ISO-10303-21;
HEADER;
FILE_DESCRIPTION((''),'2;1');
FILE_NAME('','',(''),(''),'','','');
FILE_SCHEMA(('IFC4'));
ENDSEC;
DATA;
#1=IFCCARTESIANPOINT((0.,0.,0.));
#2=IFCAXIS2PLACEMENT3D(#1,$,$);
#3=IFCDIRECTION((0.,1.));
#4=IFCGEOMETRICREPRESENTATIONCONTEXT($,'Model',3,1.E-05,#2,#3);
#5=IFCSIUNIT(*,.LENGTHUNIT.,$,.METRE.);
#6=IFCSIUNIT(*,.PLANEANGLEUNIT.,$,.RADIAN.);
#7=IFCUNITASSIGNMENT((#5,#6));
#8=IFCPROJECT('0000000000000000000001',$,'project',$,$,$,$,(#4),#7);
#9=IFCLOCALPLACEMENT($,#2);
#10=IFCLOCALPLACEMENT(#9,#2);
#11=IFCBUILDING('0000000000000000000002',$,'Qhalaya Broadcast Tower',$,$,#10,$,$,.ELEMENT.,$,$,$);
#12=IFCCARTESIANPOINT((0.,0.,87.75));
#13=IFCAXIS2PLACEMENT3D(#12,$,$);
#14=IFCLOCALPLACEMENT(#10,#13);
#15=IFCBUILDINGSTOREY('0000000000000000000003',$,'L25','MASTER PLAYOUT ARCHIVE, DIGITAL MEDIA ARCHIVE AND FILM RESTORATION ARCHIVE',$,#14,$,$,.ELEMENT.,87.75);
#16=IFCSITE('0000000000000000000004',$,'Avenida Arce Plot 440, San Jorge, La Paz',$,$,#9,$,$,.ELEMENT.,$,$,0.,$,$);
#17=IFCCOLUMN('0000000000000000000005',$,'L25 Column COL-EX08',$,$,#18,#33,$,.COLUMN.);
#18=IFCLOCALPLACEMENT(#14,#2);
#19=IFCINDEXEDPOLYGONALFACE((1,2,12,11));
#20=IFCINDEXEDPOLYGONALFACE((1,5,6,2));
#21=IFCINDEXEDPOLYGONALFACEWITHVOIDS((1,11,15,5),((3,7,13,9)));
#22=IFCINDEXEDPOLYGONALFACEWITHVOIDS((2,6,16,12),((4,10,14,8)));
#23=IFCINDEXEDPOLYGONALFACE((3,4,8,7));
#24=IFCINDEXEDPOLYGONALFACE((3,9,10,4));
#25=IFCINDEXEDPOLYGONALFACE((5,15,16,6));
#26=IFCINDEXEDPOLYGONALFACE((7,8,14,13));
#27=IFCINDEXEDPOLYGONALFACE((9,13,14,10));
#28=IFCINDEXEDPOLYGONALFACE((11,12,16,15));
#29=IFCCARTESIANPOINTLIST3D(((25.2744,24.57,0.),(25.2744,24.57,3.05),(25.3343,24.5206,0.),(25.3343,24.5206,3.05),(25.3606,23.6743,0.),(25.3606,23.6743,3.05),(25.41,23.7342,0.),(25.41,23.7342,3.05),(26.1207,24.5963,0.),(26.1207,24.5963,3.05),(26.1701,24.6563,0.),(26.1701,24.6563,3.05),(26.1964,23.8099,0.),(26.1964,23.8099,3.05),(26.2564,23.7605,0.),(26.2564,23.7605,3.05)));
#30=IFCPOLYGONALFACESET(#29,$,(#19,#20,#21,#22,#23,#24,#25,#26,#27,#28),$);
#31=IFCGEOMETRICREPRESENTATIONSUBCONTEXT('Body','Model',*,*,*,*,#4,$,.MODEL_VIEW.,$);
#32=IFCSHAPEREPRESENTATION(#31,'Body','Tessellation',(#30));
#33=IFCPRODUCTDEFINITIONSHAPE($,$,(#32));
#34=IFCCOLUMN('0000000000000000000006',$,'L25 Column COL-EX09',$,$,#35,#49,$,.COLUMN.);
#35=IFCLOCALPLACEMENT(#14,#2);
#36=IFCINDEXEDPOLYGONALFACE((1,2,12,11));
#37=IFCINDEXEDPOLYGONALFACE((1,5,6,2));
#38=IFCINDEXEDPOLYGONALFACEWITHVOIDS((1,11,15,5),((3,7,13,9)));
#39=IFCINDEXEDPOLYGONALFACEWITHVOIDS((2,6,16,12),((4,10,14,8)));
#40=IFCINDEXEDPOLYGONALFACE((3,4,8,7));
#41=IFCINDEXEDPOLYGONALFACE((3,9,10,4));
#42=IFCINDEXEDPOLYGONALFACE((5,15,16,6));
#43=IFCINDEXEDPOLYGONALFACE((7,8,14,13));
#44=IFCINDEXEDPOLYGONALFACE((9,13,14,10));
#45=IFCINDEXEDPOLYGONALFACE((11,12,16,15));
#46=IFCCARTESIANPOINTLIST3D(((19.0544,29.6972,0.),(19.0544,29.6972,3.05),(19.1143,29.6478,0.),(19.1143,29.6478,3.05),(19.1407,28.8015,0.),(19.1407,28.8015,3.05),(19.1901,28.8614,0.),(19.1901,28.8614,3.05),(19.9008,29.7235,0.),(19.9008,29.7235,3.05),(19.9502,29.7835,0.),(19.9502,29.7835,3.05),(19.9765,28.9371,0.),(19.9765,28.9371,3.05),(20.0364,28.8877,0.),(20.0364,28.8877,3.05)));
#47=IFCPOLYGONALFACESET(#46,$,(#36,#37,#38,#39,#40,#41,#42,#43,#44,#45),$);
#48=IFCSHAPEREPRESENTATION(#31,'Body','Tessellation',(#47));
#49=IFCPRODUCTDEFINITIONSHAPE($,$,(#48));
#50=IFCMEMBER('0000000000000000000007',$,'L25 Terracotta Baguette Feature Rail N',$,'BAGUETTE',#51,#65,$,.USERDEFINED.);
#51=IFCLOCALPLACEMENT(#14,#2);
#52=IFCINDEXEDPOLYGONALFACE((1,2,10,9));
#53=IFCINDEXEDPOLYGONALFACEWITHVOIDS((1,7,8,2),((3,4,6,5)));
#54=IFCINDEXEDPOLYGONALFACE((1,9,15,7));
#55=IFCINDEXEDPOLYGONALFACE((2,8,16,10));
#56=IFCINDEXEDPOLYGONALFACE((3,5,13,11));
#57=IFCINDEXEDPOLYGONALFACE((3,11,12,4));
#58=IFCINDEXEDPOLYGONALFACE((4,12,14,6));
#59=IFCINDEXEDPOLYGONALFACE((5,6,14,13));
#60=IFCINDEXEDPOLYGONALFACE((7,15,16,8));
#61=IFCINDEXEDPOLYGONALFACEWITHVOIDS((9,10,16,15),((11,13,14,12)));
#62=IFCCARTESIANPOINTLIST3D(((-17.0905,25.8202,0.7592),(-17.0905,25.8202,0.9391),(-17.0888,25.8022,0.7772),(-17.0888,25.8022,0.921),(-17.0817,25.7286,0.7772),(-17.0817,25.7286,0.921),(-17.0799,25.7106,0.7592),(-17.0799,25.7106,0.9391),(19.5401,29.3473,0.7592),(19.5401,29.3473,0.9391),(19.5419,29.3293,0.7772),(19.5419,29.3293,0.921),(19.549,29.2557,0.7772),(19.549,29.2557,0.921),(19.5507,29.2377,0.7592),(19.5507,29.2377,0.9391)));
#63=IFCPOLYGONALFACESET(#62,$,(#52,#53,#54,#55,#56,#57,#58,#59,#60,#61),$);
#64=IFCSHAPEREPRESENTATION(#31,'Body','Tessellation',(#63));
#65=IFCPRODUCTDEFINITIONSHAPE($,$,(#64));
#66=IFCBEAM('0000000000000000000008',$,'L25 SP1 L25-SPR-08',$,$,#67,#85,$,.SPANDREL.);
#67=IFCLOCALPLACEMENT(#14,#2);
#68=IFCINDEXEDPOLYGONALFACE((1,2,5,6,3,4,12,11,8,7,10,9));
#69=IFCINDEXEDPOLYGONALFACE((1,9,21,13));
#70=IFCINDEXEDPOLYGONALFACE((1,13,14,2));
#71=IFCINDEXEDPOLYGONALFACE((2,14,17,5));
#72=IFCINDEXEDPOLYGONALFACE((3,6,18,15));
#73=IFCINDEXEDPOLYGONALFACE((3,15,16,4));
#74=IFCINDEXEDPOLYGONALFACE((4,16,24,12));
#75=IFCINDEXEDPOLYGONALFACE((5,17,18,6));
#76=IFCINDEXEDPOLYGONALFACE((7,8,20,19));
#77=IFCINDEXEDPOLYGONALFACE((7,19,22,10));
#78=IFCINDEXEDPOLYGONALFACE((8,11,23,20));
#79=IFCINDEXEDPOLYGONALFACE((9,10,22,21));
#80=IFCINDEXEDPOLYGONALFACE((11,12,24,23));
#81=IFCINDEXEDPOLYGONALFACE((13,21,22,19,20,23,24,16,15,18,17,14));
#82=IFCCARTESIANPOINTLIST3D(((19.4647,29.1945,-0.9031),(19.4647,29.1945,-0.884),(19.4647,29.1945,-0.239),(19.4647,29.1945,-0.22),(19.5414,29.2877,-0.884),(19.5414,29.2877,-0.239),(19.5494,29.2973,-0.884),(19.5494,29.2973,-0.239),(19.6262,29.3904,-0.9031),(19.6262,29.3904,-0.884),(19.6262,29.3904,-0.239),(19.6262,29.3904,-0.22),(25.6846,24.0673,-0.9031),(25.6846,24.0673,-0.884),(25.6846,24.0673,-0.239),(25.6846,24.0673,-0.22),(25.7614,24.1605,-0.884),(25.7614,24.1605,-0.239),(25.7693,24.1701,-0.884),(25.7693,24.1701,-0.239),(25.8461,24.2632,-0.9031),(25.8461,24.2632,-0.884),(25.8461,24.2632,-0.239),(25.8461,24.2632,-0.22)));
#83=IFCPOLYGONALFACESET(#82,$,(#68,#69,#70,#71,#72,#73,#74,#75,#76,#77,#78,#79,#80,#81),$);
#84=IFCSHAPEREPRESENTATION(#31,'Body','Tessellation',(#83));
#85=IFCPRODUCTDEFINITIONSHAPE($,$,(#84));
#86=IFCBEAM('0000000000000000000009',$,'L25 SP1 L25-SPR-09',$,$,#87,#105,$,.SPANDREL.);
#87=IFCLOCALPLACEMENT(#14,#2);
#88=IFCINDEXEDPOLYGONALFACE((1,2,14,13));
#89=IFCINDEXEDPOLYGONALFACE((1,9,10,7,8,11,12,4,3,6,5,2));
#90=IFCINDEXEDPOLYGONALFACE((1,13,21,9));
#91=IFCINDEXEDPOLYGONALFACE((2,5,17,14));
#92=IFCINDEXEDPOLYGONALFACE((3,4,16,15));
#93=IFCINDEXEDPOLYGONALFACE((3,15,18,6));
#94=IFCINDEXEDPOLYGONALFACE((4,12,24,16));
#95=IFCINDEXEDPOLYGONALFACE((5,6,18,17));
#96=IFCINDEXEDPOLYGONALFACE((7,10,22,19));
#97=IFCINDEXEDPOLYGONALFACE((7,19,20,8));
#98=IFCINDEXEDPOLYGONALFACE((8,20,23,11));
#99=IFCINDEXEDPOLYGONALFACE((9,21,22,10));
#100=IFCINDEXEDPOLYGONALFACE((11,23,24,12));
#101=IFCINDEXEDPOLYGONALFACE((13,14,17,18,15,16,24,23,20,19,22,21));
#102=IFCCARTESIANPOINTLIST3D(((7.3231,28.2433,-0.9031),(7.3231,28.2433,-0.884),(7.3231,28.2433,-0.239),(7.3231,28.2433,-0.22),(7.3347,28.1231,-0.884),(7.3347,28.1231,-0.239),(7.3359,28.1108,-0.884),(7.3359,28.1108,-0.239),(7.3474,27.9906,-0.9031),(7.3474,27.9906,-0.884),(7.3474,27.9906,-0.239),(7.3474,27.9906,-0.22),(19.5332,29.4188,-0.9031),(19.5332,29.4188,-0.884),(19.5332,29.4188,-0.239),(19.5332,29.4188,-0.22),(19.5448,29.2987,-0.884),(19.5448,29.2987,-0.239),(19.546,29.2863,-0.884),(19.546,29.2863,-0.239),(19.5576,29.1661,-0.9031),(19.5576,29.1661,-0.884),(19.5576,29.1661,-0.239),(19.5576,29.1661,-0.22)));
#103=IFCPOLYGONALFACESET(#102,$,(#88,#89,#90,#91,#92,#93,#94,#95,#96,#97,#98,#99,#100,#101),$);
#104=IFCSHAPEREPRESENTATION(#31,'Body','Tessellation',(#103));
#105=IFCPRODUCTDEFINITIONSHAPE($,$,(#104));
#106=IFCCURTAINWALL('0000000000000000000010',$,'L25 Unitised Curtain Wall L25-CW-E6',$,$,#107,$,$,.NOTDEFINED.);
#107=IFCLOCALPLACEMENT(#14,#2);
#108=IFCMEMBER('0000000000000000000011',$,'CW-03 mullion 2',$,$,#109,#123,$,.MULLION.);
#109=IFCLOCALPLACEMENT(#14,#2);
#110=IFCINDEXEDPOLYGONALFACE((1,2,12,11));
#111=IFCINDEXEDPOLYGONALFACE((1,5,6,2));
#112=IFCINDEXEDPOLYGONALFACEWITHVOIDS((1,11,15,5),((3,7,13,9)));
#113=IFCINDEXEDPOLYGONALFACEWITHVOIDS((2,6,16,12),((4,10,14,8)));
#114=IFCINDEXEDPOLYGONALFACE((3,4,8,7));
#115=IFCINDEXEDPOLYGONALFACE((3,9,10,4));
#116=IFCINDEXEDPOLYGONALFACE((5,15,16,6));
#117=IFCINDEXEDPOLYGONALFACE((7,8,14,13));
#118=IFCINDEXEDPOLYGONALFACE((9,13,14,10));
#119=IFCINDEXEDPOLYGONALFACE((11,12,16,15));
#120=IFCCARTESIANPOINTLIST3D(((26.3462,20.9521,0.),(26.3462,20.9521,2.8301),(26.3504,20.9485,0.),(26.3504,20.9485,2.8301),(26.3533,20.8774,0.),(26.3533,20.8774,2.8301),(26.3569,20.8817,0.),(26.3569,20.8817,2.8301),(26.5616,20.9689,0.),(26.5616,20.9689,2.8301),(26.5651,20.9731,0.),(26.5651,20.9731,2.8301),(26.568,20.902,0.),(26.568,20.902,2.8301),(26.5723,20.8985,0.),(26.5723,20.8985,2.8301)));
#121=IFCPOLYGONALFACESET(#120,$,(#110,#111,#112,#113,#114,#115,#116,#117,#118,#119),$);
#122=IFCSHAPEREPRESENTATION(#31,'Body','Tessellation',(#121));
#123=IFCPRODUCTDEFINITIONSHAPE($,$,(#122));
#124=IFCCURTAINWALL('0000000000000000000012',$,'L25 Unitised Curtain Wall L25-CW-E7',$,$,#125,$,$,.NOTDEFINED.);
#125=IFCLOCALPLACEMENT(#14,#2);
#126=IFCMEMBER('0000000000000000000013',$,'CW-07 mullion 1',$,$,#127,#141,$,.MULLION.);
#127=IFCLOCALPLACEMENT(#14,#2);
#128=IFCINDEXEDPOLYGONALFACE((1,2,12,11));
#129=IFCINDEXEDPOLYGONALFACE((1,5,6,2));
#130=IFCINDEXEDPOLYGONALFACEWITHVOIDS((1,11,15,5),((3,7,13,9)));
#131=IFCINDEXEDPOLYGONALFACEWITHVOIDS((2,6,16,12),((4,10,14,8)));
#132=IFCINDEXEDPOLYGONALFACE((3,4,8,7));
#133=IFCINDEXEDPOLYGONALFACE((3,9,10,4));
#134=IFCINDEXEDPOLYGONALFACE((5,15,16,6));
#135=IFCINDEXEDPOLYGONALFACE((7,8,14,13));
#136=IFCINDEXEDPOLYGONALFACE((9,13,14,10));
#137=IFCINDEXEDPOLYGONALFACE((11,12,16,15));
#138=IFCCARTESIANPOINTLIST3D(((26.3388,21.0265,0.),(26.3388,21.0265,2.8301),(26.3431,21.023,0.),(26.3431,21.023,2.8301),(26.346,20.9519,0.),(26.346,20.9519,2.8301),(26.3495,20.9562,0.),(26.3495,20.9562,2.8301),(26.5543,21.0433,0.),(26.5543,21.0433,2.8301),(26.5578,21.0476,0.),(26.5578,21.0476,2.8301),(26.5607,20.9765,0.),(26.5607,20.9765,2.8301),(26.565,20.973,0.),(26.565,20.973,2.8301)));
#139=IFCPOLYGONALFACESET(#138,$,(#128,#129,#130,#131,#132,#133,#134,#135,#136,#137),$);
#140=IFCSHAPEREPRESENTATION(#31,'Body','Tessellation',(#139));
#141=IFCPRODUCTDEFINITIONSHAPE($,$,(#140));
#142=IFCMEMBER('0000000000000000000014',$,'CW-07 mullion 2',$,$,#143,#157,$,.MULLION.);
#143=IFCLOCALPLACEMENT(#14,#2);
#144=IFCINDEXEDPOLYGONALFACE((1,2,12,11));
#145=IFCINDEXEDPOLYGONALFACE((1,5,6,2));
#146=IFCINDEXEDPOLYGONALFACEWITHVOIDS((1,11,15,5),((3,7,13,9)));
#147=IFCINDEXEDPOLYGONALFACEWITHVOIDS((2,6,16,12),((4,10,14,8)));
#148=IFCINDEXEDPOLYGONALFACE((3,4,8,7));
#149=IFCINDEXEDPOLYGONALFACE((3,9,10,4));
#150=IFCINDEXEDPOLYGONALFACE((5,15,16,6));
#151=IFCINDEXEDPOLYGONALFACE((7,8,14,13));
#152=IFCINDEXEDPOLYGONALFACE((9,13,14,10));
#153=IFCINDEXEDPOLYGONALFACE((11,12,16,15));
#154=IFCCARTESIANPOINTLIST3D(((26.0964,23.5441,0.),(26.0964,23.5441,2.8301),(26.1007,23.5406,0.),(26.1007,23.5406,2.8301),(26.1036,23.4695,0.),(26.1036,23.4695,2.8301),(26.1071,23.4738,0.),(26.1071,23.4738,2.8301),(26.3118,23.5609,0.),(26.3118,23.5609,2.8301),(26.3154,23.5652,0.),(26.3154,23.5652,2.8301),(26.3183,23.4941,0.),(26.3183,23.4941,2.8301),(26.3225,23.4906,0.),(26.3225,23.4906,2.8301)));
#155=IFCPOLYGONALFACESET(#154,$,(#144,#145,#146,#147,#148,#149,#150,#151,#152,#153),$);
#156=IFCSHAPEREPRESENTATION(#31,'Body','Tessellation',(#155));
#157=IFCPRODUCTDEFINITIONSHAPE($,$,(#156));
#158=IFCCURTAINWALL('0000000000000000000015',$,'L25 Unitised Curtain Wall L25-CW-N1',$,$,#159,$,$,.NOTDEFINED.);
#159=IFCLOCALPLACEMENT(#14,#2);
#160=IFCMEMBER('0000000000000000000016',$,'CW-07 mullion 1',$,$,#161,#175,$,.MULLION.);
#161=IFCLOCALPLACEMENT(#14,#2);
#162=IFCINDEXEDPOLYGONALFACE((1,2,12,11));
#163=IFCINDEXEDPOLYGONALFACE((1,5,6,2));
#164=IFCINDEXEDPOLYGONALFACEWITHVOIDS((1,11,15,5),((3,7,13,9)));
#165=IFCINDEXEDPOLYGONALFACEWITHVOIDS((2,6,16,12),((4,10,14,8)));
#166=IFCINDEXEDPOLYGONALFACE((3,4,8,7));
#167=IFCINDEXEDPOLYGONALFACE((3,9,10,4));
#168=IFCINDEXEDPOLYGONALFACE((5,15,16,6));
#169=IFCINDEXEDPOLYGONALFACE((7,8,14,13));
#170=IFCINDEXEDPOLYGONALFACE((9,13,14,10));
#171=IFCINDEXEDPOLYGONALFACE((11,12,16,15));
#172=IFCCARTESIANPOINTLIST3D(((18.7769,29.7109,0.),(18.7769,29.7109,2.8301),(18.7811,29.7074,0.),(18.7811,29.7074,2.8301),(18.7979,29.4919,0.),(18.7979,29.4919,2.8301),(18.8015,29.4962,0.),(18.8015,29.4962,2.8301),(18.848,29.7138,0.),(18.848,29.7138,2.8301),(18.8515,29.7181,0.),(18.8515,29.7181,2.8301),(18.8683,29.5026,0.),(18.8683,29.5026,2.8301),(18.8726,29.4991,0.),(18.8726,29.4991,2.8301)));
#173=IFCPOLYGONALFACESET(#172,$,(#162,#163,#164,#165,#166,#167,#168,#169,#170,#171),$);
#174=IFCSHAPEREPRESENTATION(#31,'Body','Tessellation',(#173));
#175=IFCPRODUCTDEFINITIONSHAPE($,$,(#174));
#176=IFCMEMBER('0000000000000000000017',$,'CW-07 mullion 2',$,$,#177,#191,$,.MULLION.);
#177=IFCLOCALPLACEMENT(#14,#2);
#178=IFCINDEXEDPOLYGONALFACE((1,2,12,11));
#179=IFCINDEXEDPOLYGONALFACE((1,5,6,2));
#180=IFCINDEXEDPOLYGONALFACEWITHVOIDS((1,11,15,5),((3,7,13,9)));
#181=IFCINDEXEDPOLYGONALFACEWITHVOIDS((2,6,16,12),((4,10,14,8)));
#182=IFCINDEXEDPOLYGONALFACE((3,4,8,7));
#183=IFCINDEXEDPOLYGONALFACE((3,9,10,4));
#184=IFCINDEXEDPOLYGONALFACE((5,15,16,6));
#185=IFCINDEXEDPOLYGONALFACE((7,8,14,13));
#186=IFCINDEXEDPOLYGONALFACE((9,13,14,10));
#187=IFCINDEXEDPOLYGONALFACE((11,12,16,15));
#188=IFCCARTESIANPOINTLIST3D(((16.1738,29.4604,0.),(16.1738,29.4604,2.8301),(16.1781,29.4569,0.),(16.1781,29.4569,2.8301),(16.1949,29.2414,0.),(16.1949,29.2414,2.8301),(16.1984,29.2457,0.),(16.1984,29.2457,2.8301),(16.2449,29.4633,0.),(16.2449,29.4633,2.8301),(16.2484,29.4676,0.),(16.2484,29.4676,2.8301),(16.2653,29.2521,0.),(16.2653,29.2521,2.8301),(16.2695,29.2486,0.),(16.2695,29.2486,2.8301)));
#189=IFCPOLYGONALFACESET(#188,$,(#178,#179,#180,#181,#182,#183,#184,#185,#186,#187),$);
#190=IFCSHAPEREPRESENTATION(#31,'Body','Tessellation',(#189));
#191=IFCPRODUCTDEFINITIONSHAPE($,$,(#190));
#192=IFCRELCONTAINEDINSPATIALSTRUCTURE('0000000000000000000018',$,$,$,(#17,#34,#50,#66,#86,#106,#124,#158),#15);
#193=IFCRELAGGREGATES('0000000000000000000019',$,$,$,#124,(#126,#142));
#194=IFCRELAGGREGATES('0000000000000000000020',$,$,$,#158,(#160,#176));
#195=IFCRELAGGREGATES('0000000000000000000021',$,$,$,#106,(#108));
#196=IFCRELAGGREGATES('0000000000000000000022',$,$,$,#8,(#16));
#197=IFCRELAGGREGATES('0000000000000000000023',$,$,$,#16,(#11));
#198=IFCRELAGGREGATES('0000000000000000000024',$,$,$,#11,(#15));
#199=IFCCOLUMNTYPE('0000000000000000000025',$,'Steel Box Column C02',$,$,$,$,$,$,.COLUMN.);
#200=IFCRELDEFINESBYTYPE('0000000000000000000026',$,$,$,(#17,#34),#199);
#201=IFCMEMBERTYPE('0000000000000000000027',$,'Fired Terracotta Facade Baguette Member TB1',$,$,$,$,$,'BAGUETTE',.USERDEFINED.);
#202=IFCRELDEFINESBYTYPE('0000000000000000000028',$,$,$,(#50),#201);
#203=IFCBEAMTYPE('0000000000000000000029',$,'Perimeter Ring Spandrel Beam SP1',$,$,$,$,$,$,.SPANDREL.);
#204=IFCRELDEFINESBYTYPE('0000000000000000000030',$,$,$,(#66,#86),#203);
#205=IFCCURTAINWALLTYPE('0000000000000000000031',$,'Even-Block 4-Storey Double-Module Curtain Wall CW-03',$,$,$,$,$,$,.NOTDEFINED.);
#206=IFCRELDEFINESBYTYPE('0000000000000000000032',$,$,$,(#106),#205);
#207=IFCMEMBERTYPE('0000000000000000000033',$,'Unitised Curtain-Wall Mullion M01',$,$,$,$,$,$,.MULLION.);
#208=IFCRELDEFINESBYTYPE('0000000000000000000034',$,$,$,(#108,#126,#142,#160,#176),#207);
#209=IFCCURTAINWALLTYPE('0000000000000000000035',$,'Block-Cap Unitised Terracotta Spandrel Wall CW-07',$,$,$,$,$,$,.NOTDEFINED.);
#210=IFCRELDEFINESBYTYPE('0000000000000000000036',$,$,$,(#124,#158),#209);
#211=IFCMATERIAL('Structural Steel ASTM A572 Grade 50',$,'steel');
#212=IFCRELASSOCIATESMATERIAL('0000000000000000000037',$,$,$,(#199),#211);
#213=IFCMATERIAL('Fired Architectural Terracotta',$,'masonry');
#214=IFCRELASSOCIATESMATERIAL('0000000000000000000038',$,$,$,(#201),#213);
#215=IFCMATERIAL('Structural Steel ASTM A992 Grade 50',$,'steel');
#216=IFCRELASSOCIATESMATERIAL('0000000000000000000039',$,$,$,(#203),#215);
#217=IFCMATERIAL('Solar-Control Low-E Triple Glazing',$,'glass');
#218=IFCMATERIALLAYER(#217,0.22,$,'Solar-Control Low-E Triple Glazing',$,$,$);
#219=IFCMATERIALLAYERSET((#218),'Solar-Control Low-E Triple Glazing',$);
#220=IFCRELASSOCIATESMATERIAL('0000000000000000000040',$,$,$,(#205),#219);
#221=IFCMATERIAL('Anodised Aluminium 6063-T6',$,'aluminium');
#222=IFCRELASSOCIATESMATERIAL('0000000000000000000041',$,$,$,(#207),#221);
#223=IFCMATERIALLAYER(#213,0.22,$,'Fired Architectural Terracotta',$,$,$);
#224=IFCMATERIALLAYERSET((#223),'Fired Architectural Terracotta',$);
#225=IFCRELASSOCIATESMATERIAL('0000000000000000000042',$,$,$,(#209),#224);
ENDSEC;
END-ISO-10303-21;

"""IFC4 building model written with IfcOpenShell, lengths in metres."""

from ifc_helpers import new_model, si_unit, direction, frame, origin, origin_2d, place, context, subcontext, project, spatial, hollow_rectangle, i_section, extrude, material, layer, layer_set, material_profile, profile_set, type_object, element, aggregate, save


model = new_model("IFC4")

# Units and contexts
model_context = context("Model", 3, precision=1e-05, world=origin(), true_north=direction((0.0, 1.0)))
body_context = subcontext(model_context, "Body", "Model", "MODEL_VIEW")
ifc_project = project(units=[si_unit("LENGTHUNIT", "METRE"), si_unit("PLANEANGLEUNIT", "RADIAN")], contexts=[model_context])

# Site, building, storey
site_placement = place(None, origin())
site = spatial("IfcSite", under=ifc_project, at=site_placement, Name="Avenida Arce Plot 440, San Jorge, La Paz", CompositionType="ELEMENT", RefElevation=0.0)
building_placement = place(site_placement, origin())
building = spatial("IfcBuilding", under=site, at=building_placement, Name="Qhalaya Broadcast Tower", CompositionType="ELEMENT")
storey_placement = place(building_placement, frame((0.0, 0.0, 87.75)))
storey = spatial("IfcBuildingStorey", under=building, at=storey_placement, Name="L25", Description="MASTER PLAYOUT ARCHIVE, DIGITAL MEDIA ARCHIVE AND FILM RESTORATION ARCHIVE", CompositionType="ELEMENT", Elevation=87.75)

# Columns
ifc_material_1 = material(Name="Structural Steel ASTM A572 Grade 50", Category="steel")
ifc_material_profile_1 = material_profile(ifc_material_1, hollow_rectangle(XDim=0.8999, YDim=0.8999, WallThickness=0.0549, at=origin_2d()), Name="BOX 900x900x55")
ifc_profile_set_1 = profile_set([ifc_material_profile_1], Name="Structural Steel ASTM A572 Grade 50")
column_type = type_object("IfcColumnType", Name="Steel Box Column C02", PredefinedType="COLUMN", material=ifc_profile_set_1)
for number, where, z_axis, x_axis, name in (
    (1, (25.7654, 24.1653, 0.0), (0.0, 0.0, 1.0), (-0.095846, 0.995396, 0.0), "L25 Column COL-EX08"),
    (2, (19.5454, 29.2925, 0.0), (0.0, 0.0, 1.0), (0.995396, 0.095846, 0.0), "L25 Column COL-EX09"),
):
    element("IfcColumn", number, at=place(storey_placement, frame(where, z_axis=z_axis, x_axis=x_axis)), inside=storey, type_object=column_type, Name=name, PredefinedType="COLUMN", context=body_context, shape_type="SweptSolid", body=[
        extrude(hollow_rectangle(XDim=0.8999, YDim=0.8999, WallThickness=0.0549, at=origin_2d()), origin(), (0.0, 0.0, 1.0), 3.05),
    ])

# Member
ifc_material_2 = material(Name="Fired Architectural Terracotta", Category="masonry")
ifc_material_profile_2 = material_profile(ifc_material_2, hollow_rectangle(XDim=0.1101, YDim=0.1799, WallThickness=0.0181, at=origin_2d()), Name="TB-BAG 110x180x18")
ifc_profile_set_2 = profile_set([ifc_material_profile_2], Name="Fired Architectural Terracotta")
member_type_1 = type_object("IfcMemberType", Name="Fired Terracotta Facade Baguette Member TB1", ElementType="BAGUETTE", PredefinedType="USERDEFINED", material=ifc_profile_set_2)
member_1_placement = place(storey_placement, frame((19.5454, 29.2925, 0.8491), z_axis=(-0.995396, -0.095845, 0.0), x_axis=(0.095845, -0.995396, 0.0)))
element("IfcMember", 3, at=member_1_placement, inside=storey, type_object=member_type_1, Name="L25 Terracotta Baguette Feature Rail N", ObjectType="BAGUETTE", PredefinedType="USERDEFINED", context=body_context, shape_type="SweptSolid", body=[
    extrude(hollow_rectangle(XDim=0.1101, YDim=0.1799, WallThickness=0.0181, at=origin_2d()), origin(), (0.0, 0.0, 1.0), 36.8),
])

# Beams
ifc_material_3 = material(Name="Structural Steel ASTM A992 Grade 50", Category="steel")
ifc_material_profile_3 = material_profile(ifc_material_3, i_section(OverallWidth=0.2539, OverallDepth=0.6831, WebThickness=0.0125, FlangeThickness=0.019, at=origin_2d()), Name="W27X94")
ifc_profile_set_3 = profile_set([ifc_material_profile_3], Name="Structural Steel ASTM A992 Grade 50")
beam_type = type_object("IfcBeamType", Name="Perimeter Ring Spandrel Beam SP1", PredefinedType="SPANDREL", material=ifc_profile_set_3)
beam_1_placement = place(storey_placement, frame((25.7654, 24.1653, -0.5615), z_axis=(-0.771634, 0.636067, 0.0), x_axis=(-0.636067, -0.771634, 0.0)))
element("IfcBeam", 4, at=beam_1_placement, inside=storey, type_object=beam_type, Name="L25 SP1 L25-SPR-08", PredefinedType="SPANDREL", context=body_context, shape_type="SweptSolid", body=[
    extrude(i_section(OverallWidth=0.2539, OverallDepth=0.6831, WebThickness=0.0125, FlangeThickness=0.019, at=origin_2d()), origin(), (0.0, 0.0, 1.0), 8.0608),
])
beam_2_placement = place(storey_placement, frame((19.5454, 29.2925, -0.5615), z_axis=(-0.995398, -0.095832, 0.0), x_axis=(0.095832, -0.995398, 0.0)))
element("IfcBeam", 5, at=beam_2_placement, inside=storey, type_object=beam_type, Name="L25 SP1 L25-SPR-09", PredefinedType="SPANDREL", context=body_context, shape_type="SweptSolid", body=[
    extrude(i_section(OverallWidth=0.2539, OverallDepth=0.6831, WebThickness=0.0125, FlangeThickness=0.019, at=origin_2d()), origin(), (0.0, 0.0, 1.0), 12.2666),
])

# Curtain wall, member
ifc_material_4 = material(Name="Solar-Control Low-E Triple Glazing", Category="glass")
ifc_layer_1 = layer(ifc_material_4, 0.22, Name="Solar-Control Low-E Triple Glazing")
ifc_layer_set_1 = layer_set([ifc_layer_1], Name="Solar-Control Low-E Triple Glazing")
curtain_wall_type_1 = type_object("IfcCurtainWallType", Name="Even-Block 4-Storey Double-Module Curtain Wall CW-03", PredefinedType="NOTDEFINED", material=ifc_layer_set_1)
curtain_wall_1_placement = place(storey_placement, origin())
curtain_wall_1 = element("IfcCurtainWall", 6, at=curtain_wall_1_placement, inside=storey, type_object=curtain_wall_type_1, Name="L25 Unitised Curtain Wall L25-CW-E6", PredefinedType="NOTDEFINED")
ifc_material_5 = material(Name="Anodised Aluminium 6063-T6", Category="aluminium")
ifc_material_profile_4 = material_profile(ifc_material_5, hollow_rectangle(XDim=0.075, YDim=0.22, WallThickness=0.0039, at=origin_2d()), Name="ALU-MUL 75x220x4")
ifc_profile_set_4 = profile_set([ifc_material_profile_4], Name="Anodised Aluminium 6063-T6")
member_type_2 = type_object("IfcMemberType", Name="Unitised Curtain-Wall Mullion M01", PredefinedType="MULLION", material=ifc_profile_set_4)
member_2_placement = place(storey_placement, frame((26.4592, 20.9253, 0.0), z_axis=(0.0, 0.0, 1.0), x_axis=(-0.095847, 0.995396, 0.0)))
member_2 = element("IfcMember", 7, at=member_2_placement, type_object=member_type_2, Name="CW-03 mullion 2", PredefinedType="MULLION", context=body_context, shape_type="SweptSolid", body=[
    extrude(hollow_rectangle(XDim=0.075, YDim=0.22, WallThickness=0.0039, at=origin_2d()), origin(), (0.0, 0.0, 1.0), 2.8301),
])

# Curtain walls, members
ifc_layer_2 = layer(ifc_material_2, 0.22, Name="Fired Architectural Terracotta")
ifc_layer_set_2 = layer_set([ifc_layer_2], Name="Fired Architectural Terracotta")
curtain_wall_type_2 = type_object("IfcCurtainWallType", Name="Block-Cap Unitised Terracotta Spandrel Wall CW-07", PredefinedType="NOTDEFINED", material=ifc_layer_set_2)
curtain_wall_2_placement = place(storey_placement, origin())
curtain_wall_2 = element("IfcCurtainWall", 8, at=curtain_wall_2_placement, inside=storey, type_object=curtain_wall_type_2, Name="L25 Unitised Curtain Wall L25-CW-E7", PredefinedType="NOTDEFINED")
member_3_placement = place(storey_placement, frame((26.4519, 20.9998, 0.0), z_axis=(0.0, 0.0, 1.0), x_axis=(-0.095849, 0.995396, 0.0)))
member_3 = element("IfcMember", 9, at=member_3_placement, type_object=member_type_2, Name="CW-07 mullion 1", PredefinedType="MULLION", context=body_context, shape_type="SweptSolid", body=[
    extrude(hollow_rectangle(XDim=0.075, YDim=0.22, WallThickness=0.0039, at=origin_2d()), origin(), (0.0, 0.0, 1.0), 2.8301),
])
member_4_placement = place(storey_placement, frame((26.2095, 23.5173, 0.0), z_axis=(0.0, 0.0, 1.0), x_axis=(-0.095849, 0.995396, 0.0)))
member_4 = element("IfcMember", 10, at=member_4_placement, type_object=member_type_2, Name="CW-07 mullion 2", PredefinedType="MULLION", context=body_context, shape_type="SweptSolid", body=[
    extrude(hollow_rectangle(XDim=0.075, YDim=0.22, WallThickness=0.0039, at=origin_2d()), origin(), (0.0, 0.0, 1.0), 2.8301),
])
curtain_wall_3_placement = place(storey_placement, origin())
curtain_wall_3 = element("IfcCurtainWall", 11, at=curtain_wall_3_placement, inside=storey, type_object=curtain_wall_type_2, Name="L25 Unitised Curtain Wall L25-CW-N1", PredefinedType="NOTDEFINED")
member_5_placement = place(storey_placement, frame((18.8247, 29.605, 0.0), z_axis=(0.0, 0.0, 1.0), x_axis=(-0.995397, -0.095837, 0.0)))
member_5 = element("IfcMember", 12, at=member_5_placement, type_object=member_type_2, Name="CW-07 mullion 1", PredefinedType="MULLION", context=body_context, shape_type="SweptSolid", body=[
    extrude(hollow_rectangle(XDim=0.075, YDim=0.22, WallThickness=0.0039, at=origin_2d()), origin(), (0.0, 0.0, 1.0), 2.8301),
])
member_6_placement = place(storey_placement, frame((16.2217, 29.3545, 0.0), z_axis=(0.0, 0.0, 1.0), x_axis=(-0.995397, -0.095837, 0.0)))
member_6 = element("IfcMember", 13, at=member_6_placement, type_object=member_type_2, Name="CW-07 mullion 2", PredefinedType="MULLION", context=body_context, shape_type="SweptSolid", body=[
    extrude(hollow_rectangle(XDim=0.075, YDim=0.22, WallThickness=0.0039, at=origin_2d()), origin(), (0.0, 0.0, 1.0), 2.8301),
])

aggregate(curtain_wall_2, [member_3, member_4])
aggregate(curtain_wall_3, [member_5, member_6])
aggregate(curtain_wall_1, [member_2])

save(model, "model.ifc")
